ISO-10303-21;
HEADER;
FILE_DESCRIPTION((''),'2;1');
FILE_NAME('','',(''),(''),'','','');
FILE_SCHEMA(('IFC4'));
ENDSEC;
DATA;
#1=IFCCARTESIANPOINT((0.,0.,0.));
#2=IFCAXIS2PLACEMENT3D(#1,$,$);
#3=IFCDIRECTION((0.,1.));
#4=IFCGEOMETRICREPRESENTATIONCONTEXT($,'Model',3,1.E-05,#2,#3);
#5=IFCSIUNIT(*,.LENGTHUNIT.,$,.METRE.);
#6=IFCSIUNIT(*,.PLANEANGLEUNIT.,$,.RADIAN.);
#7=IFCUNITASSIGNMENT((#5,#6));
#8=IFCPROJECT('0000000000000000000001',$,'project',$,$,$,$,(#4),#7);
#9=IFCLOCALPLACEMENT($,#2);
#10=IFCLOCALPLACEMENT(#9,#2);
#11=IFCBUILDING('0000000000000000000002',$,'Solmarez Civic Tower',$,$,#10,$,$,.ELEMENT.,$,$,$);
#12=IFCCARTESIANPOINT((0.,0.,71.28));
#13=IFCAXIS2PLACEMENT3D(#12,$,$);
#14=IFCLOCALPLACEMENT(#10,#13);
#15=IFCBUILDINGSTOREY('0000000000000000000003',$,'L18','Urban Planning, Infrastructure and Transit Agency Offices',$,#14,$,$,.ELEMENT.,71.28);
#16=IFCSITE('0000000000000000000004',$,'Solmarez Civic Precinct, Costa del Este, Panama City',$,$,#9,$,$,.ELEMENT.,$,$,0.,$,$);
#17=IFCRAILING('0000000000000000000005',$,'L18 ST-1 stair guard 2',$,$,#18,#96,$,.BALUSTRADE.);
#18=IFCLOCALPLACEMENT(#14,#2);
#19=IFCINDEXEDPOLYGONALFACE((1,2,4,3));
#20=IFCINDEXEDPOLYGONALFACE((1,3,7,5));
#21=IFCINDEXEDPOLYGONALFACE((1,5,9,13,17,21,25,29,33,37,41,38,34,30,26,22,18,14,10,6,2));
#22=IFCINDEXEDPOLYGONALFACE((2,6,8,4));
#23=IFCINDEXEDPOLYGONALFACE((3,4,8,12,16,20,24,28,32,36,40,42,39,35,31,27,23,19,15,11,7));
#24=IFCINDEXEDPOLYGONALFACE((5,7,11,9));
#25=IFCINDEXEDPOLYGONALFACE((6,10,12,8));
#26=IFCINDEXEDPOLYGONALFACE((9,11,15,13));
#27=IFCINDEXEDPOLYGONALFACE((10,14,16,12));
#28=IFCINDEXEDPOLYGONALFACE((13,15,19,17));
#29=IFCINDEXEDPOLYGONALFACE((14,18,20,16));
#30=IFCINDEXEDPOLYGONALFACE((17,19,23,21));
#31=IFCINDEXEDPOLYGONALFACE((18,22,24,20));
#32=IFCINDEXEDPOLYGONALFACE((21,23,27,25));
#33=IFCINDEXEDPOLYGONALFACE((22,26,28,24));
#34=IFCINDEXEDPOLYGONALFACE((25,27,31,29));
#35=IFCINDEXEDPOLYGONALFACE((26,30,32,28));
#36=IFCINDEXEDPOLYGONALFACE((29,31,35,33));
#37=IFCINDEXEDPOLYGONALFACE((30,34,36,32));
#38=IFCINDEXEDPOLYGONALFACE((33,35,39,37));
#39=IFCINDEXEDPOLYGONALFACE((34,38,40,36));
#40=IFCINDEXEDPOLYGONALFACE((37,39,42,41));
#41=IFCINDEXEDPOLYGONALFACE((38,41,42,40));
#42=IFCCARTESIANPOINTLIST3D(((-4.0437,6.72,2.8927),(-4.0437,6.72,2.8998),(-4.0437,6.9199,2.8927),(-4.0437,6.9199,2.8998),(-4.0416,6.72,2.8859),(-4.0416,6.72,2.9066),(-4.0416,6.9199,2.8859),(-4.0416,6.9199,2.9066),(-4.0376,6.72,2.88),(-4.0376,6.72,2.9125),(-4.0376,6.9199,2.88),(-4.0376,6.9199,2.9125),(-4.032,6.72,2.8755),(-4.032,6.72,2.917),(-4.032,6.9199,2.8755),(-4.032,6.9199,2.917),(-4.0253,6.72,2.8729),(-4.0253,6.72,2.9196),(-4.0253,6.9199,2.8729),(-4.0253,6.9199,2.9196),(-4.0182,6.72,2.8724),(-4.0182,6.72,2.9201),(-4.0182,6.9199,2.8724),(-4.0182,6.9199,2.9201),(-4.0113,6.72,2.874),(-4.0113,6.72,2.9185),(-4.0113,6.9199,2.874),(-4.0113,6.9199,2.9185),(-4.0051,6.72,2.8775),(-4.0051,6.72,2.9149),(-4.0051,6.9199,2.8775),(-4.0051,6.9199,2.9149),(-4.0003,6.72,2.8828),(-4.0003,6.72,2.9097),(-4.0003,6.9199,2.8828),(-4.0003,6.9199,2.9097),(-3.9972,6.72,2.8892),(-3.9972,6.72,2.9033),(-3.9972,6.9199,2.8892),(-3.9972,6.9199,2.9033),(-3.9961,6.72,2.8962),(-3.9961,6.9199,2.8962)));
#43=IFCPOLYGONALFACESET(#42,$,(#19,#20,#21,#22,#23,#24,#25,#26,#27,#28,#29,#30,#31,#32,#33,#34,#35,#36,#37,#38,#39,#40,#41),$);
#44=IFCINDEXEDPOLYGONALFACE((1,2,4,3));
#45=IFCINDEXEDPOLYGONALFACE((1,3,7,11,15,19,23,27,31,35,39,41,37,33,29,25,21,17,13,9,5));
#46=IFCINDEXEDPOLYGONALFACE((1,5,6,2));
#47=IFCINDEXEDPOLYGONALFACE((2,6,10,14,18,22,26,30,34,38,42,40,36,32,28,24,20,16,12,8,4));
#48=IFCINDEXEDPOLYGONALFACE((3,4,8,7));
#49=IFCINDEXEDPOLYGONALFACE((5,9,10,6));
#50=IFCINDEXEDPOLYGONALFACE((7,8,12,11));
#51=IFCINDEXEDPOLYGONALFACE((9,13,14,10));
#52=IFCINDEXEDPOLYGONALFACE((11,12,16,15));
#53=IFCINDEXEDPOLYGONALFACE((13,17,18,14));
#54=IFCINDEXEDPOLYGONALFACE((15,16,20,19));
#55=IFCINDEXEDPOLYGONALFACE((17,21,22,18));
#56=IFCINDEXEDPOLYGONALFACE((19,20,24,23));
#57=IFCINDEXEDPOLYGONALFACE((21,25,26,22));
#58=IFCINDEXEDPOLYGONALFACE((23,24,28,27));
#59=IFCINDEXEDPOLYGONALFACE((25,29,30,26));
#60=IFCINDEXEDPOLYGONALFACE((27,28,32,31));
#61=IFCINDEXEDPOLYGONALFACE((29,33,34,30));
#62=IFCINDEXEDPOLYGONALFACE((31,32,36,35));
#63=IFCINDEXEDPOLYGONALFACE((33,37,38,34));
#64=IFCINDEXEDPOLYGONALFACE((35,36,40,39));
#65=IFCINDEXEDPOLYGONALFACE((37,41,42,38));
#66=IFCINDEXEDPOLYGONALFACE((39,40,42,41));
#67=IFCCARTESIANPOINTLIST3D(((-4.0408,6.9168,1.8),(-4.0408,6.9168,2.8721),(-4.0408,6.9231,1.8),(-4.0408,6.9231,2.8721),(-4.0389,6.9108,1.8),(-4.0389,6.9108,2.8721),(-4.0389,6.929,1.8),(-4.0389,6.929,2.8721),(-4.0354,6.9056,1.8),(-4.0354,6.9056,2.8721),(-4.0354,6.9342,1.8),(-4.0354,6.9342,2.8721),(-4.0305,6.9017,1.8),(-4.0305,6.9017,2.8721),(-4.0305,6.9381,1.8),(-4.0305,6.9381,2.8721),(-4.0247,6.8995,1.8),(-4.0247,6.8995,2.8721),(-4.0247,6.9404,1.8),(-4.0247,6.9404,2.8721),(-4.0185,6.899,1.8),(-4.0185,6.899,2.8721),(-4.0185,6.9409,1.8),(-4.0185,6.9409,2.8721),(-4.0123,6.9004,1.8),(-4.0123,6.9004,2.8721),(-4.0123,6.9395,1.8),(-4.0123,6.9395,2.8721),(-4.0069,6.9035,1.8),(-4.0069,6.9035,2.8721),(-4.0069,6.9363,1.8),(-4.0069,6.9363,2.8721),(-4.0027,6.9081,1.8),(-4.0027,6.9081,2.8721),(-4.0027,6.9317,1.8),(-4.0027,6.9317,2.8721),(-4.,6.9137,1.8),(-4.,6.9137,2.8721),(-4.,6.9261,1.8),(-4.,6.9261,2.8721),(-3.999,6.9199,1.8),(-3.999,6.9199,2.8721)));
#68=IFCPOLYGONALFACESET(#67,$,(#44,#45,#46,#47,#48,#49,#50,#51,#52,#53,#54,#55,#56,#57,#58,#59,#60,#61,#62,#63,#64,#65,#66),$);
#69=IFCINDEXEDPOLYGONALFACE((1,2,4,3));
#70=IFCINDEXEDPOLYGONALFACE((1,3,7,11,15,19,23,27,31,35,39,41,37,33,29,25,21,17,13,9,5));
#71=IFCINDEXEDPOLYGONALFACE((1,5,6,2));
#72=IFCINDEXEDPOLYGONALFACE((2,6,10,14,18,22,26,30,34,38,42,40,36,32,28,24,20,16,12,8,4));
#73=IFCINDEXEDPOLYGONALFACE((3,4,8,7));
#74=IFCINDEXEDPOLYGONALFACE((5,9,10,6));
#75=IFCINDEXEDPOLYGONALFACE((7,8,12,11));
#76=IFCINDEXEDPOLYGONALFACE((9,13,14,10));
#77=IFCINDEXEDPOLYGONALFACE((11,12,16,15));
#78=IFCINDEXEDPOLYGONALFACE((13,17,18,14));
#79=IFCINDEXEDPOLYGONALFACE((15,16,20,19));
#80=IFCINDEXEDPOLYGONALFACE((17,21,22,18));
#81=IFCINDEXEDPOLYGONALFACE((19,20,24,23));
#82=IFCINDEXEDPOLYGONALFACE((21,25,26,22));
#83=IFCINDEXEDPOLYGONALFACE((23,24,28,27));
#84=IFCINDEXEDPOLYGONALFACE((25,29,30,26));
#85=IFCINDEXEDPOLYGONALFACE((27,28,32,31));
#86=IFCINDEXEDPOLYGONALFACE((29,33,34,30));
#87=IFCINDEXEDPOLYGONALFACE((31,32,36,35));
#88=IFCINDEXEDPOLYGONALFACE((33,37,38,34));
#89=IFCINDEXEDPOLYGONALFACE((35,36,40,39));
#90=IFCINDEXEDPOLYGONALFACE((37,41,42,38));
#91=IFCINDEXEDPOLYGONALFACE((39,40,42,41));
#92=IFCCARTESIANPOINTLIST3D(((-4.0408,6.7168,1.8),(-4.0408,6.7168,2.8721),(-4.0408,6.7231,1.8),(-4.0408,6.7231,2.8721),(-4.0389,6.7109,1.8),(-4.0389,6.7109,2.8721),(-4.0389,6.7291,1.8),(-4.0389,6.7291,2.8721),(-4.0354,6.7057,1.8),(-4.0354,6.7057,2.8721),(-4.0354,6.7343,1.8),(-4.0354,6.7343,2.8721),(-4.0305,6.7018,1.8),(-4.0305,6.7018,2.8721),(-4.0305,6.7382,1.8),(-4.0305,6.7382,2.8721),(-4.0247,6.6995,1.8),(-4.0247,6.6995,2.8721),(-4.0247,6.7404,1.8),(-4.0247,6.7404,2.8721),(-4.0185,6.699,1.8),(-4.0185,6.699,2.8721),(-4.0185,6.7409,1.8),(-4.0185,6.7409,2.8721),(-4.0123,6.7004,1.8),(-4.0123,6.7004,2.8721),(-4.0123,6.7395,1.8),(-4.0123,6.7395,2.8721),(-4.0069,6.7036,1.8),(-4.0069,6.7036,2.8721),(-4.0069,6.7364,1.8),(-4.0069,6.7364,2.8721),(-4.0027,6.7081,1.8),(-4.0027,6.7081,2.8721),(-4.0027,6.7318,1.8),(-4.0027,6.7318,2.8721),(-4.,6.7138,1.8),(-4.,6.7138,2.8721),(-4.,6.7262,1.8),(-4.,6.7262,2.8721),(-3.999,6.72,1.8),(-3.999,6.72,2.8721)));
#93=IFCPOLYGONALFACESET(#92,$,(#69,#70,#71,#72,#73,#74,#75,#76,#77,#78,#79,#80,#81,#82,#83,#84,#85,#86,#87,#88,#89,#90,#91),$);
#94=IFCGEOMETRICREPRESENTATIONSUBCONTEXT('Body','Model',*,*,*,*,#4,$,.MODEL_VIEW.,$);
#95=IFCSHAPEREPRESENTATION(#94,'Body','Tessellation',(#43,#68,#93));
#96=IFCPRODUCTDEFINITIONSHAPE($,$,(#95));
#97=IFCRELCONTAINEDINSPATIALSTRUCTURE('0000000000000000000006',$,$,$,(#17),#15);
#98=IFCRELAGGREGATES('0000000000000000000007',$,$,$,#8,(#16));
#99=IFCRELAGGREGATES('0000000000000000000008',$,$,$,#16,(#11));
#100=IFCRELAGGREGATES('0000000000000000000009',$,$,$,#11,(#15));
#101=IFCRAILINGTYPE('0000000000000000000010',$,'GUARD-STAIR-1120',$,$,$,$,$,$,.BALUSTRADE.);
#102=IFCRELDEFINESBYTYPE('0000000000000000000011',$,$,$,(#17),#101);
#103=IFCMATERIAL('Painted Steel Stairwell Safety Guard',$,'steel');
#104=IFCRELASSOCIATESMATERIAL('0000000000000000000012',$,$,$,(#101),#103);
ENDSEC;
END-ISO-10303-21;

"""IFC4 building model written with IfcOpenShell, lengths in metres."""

from ifc_helpers import new_model, si_unit, direction, frame, origin, origin_2d, place, context, subcontext, project, spatial, circle, extrude, material, type_object, element, save


model = new_model("IFC4")

# Units and contexts
model_context = context("Model", 3, precision=1e-05, world=origin(), true_north=direction((0.0, 1.0)))
body_context = subcontext(model_context, "Body", "Model", "MODEL_VIEW")
ifc_project = project(units=[si_unit("LENGTHUNIT", "METRE"), si_unit("PLANEANGLEUNIT", "RADIAN")], contexts=[model_context])

# Site, building, storey
site_placement = place(None, origin())
site = spatial("IfcSite", under=ifc_project, at=site_placement, Name="Solmarez Civic Precinct, Costa del Este, Panama City", CompositionType="ELEMENT", RefElevation=0.0)
building_placement = place(site_placement, origin())
building = spatial("IfcBuilding", under=site, at=building_placement, Name="Solmarez Civic Tower", CompositionType="ELEMENT")
storey_placement = place(building_placement, frame((0.0, 0.0, 71.28)))
storey = spatial("IfcBuildingStorey", under=building, at=storey_placement, Name="L18", Description="Urban Planning, Infrastructure and Transit Agency Offices", CompositionType="ELEMENT", Elevation=71.28)

# Railing
ifc_material_1 = material(Name="Painted Steel Stairwell Safety Guard", Category="steel")
railing_type_1 = type_object("IfcRailingType", Name="GUARD-STAIR-1120", PredefinedType="BALUSTRADE", material=ifc_material_1)
railing_1_placement = place(storey_placement, frame((-4.02, 6.9199, 1.8)))
element("IfcRailing", 1, at=railing_1_placement, inside=storey, type_object=railing_type_1, Name="L18 ST-1 stair guard 2", PredefinedType="BALUSTRADE", context=body_context, shape_type="SweptSolid", body=[
    extrude(circle(Radius=0.0239, at=origin_2d()), frame((0.0, 0.0, 1.0962), z_axis=(0.0, -1.0, 0.0), x_axis=(1.0, 0.0, 0.0)), (0.0, 0.0, 1.0), 0.2),
    extrude(circle(Radius=0.021, at=origin_2d()), origin(), (0.0, 0.0, 1.0), 1.072),
    extrude(circle(Radius=0.021, at=origin_2d()), frame((0.0, -0.2, 0.0)), (0.0, 0.0, 1.0), 1.072),
])

save(model, "model.ifc")
